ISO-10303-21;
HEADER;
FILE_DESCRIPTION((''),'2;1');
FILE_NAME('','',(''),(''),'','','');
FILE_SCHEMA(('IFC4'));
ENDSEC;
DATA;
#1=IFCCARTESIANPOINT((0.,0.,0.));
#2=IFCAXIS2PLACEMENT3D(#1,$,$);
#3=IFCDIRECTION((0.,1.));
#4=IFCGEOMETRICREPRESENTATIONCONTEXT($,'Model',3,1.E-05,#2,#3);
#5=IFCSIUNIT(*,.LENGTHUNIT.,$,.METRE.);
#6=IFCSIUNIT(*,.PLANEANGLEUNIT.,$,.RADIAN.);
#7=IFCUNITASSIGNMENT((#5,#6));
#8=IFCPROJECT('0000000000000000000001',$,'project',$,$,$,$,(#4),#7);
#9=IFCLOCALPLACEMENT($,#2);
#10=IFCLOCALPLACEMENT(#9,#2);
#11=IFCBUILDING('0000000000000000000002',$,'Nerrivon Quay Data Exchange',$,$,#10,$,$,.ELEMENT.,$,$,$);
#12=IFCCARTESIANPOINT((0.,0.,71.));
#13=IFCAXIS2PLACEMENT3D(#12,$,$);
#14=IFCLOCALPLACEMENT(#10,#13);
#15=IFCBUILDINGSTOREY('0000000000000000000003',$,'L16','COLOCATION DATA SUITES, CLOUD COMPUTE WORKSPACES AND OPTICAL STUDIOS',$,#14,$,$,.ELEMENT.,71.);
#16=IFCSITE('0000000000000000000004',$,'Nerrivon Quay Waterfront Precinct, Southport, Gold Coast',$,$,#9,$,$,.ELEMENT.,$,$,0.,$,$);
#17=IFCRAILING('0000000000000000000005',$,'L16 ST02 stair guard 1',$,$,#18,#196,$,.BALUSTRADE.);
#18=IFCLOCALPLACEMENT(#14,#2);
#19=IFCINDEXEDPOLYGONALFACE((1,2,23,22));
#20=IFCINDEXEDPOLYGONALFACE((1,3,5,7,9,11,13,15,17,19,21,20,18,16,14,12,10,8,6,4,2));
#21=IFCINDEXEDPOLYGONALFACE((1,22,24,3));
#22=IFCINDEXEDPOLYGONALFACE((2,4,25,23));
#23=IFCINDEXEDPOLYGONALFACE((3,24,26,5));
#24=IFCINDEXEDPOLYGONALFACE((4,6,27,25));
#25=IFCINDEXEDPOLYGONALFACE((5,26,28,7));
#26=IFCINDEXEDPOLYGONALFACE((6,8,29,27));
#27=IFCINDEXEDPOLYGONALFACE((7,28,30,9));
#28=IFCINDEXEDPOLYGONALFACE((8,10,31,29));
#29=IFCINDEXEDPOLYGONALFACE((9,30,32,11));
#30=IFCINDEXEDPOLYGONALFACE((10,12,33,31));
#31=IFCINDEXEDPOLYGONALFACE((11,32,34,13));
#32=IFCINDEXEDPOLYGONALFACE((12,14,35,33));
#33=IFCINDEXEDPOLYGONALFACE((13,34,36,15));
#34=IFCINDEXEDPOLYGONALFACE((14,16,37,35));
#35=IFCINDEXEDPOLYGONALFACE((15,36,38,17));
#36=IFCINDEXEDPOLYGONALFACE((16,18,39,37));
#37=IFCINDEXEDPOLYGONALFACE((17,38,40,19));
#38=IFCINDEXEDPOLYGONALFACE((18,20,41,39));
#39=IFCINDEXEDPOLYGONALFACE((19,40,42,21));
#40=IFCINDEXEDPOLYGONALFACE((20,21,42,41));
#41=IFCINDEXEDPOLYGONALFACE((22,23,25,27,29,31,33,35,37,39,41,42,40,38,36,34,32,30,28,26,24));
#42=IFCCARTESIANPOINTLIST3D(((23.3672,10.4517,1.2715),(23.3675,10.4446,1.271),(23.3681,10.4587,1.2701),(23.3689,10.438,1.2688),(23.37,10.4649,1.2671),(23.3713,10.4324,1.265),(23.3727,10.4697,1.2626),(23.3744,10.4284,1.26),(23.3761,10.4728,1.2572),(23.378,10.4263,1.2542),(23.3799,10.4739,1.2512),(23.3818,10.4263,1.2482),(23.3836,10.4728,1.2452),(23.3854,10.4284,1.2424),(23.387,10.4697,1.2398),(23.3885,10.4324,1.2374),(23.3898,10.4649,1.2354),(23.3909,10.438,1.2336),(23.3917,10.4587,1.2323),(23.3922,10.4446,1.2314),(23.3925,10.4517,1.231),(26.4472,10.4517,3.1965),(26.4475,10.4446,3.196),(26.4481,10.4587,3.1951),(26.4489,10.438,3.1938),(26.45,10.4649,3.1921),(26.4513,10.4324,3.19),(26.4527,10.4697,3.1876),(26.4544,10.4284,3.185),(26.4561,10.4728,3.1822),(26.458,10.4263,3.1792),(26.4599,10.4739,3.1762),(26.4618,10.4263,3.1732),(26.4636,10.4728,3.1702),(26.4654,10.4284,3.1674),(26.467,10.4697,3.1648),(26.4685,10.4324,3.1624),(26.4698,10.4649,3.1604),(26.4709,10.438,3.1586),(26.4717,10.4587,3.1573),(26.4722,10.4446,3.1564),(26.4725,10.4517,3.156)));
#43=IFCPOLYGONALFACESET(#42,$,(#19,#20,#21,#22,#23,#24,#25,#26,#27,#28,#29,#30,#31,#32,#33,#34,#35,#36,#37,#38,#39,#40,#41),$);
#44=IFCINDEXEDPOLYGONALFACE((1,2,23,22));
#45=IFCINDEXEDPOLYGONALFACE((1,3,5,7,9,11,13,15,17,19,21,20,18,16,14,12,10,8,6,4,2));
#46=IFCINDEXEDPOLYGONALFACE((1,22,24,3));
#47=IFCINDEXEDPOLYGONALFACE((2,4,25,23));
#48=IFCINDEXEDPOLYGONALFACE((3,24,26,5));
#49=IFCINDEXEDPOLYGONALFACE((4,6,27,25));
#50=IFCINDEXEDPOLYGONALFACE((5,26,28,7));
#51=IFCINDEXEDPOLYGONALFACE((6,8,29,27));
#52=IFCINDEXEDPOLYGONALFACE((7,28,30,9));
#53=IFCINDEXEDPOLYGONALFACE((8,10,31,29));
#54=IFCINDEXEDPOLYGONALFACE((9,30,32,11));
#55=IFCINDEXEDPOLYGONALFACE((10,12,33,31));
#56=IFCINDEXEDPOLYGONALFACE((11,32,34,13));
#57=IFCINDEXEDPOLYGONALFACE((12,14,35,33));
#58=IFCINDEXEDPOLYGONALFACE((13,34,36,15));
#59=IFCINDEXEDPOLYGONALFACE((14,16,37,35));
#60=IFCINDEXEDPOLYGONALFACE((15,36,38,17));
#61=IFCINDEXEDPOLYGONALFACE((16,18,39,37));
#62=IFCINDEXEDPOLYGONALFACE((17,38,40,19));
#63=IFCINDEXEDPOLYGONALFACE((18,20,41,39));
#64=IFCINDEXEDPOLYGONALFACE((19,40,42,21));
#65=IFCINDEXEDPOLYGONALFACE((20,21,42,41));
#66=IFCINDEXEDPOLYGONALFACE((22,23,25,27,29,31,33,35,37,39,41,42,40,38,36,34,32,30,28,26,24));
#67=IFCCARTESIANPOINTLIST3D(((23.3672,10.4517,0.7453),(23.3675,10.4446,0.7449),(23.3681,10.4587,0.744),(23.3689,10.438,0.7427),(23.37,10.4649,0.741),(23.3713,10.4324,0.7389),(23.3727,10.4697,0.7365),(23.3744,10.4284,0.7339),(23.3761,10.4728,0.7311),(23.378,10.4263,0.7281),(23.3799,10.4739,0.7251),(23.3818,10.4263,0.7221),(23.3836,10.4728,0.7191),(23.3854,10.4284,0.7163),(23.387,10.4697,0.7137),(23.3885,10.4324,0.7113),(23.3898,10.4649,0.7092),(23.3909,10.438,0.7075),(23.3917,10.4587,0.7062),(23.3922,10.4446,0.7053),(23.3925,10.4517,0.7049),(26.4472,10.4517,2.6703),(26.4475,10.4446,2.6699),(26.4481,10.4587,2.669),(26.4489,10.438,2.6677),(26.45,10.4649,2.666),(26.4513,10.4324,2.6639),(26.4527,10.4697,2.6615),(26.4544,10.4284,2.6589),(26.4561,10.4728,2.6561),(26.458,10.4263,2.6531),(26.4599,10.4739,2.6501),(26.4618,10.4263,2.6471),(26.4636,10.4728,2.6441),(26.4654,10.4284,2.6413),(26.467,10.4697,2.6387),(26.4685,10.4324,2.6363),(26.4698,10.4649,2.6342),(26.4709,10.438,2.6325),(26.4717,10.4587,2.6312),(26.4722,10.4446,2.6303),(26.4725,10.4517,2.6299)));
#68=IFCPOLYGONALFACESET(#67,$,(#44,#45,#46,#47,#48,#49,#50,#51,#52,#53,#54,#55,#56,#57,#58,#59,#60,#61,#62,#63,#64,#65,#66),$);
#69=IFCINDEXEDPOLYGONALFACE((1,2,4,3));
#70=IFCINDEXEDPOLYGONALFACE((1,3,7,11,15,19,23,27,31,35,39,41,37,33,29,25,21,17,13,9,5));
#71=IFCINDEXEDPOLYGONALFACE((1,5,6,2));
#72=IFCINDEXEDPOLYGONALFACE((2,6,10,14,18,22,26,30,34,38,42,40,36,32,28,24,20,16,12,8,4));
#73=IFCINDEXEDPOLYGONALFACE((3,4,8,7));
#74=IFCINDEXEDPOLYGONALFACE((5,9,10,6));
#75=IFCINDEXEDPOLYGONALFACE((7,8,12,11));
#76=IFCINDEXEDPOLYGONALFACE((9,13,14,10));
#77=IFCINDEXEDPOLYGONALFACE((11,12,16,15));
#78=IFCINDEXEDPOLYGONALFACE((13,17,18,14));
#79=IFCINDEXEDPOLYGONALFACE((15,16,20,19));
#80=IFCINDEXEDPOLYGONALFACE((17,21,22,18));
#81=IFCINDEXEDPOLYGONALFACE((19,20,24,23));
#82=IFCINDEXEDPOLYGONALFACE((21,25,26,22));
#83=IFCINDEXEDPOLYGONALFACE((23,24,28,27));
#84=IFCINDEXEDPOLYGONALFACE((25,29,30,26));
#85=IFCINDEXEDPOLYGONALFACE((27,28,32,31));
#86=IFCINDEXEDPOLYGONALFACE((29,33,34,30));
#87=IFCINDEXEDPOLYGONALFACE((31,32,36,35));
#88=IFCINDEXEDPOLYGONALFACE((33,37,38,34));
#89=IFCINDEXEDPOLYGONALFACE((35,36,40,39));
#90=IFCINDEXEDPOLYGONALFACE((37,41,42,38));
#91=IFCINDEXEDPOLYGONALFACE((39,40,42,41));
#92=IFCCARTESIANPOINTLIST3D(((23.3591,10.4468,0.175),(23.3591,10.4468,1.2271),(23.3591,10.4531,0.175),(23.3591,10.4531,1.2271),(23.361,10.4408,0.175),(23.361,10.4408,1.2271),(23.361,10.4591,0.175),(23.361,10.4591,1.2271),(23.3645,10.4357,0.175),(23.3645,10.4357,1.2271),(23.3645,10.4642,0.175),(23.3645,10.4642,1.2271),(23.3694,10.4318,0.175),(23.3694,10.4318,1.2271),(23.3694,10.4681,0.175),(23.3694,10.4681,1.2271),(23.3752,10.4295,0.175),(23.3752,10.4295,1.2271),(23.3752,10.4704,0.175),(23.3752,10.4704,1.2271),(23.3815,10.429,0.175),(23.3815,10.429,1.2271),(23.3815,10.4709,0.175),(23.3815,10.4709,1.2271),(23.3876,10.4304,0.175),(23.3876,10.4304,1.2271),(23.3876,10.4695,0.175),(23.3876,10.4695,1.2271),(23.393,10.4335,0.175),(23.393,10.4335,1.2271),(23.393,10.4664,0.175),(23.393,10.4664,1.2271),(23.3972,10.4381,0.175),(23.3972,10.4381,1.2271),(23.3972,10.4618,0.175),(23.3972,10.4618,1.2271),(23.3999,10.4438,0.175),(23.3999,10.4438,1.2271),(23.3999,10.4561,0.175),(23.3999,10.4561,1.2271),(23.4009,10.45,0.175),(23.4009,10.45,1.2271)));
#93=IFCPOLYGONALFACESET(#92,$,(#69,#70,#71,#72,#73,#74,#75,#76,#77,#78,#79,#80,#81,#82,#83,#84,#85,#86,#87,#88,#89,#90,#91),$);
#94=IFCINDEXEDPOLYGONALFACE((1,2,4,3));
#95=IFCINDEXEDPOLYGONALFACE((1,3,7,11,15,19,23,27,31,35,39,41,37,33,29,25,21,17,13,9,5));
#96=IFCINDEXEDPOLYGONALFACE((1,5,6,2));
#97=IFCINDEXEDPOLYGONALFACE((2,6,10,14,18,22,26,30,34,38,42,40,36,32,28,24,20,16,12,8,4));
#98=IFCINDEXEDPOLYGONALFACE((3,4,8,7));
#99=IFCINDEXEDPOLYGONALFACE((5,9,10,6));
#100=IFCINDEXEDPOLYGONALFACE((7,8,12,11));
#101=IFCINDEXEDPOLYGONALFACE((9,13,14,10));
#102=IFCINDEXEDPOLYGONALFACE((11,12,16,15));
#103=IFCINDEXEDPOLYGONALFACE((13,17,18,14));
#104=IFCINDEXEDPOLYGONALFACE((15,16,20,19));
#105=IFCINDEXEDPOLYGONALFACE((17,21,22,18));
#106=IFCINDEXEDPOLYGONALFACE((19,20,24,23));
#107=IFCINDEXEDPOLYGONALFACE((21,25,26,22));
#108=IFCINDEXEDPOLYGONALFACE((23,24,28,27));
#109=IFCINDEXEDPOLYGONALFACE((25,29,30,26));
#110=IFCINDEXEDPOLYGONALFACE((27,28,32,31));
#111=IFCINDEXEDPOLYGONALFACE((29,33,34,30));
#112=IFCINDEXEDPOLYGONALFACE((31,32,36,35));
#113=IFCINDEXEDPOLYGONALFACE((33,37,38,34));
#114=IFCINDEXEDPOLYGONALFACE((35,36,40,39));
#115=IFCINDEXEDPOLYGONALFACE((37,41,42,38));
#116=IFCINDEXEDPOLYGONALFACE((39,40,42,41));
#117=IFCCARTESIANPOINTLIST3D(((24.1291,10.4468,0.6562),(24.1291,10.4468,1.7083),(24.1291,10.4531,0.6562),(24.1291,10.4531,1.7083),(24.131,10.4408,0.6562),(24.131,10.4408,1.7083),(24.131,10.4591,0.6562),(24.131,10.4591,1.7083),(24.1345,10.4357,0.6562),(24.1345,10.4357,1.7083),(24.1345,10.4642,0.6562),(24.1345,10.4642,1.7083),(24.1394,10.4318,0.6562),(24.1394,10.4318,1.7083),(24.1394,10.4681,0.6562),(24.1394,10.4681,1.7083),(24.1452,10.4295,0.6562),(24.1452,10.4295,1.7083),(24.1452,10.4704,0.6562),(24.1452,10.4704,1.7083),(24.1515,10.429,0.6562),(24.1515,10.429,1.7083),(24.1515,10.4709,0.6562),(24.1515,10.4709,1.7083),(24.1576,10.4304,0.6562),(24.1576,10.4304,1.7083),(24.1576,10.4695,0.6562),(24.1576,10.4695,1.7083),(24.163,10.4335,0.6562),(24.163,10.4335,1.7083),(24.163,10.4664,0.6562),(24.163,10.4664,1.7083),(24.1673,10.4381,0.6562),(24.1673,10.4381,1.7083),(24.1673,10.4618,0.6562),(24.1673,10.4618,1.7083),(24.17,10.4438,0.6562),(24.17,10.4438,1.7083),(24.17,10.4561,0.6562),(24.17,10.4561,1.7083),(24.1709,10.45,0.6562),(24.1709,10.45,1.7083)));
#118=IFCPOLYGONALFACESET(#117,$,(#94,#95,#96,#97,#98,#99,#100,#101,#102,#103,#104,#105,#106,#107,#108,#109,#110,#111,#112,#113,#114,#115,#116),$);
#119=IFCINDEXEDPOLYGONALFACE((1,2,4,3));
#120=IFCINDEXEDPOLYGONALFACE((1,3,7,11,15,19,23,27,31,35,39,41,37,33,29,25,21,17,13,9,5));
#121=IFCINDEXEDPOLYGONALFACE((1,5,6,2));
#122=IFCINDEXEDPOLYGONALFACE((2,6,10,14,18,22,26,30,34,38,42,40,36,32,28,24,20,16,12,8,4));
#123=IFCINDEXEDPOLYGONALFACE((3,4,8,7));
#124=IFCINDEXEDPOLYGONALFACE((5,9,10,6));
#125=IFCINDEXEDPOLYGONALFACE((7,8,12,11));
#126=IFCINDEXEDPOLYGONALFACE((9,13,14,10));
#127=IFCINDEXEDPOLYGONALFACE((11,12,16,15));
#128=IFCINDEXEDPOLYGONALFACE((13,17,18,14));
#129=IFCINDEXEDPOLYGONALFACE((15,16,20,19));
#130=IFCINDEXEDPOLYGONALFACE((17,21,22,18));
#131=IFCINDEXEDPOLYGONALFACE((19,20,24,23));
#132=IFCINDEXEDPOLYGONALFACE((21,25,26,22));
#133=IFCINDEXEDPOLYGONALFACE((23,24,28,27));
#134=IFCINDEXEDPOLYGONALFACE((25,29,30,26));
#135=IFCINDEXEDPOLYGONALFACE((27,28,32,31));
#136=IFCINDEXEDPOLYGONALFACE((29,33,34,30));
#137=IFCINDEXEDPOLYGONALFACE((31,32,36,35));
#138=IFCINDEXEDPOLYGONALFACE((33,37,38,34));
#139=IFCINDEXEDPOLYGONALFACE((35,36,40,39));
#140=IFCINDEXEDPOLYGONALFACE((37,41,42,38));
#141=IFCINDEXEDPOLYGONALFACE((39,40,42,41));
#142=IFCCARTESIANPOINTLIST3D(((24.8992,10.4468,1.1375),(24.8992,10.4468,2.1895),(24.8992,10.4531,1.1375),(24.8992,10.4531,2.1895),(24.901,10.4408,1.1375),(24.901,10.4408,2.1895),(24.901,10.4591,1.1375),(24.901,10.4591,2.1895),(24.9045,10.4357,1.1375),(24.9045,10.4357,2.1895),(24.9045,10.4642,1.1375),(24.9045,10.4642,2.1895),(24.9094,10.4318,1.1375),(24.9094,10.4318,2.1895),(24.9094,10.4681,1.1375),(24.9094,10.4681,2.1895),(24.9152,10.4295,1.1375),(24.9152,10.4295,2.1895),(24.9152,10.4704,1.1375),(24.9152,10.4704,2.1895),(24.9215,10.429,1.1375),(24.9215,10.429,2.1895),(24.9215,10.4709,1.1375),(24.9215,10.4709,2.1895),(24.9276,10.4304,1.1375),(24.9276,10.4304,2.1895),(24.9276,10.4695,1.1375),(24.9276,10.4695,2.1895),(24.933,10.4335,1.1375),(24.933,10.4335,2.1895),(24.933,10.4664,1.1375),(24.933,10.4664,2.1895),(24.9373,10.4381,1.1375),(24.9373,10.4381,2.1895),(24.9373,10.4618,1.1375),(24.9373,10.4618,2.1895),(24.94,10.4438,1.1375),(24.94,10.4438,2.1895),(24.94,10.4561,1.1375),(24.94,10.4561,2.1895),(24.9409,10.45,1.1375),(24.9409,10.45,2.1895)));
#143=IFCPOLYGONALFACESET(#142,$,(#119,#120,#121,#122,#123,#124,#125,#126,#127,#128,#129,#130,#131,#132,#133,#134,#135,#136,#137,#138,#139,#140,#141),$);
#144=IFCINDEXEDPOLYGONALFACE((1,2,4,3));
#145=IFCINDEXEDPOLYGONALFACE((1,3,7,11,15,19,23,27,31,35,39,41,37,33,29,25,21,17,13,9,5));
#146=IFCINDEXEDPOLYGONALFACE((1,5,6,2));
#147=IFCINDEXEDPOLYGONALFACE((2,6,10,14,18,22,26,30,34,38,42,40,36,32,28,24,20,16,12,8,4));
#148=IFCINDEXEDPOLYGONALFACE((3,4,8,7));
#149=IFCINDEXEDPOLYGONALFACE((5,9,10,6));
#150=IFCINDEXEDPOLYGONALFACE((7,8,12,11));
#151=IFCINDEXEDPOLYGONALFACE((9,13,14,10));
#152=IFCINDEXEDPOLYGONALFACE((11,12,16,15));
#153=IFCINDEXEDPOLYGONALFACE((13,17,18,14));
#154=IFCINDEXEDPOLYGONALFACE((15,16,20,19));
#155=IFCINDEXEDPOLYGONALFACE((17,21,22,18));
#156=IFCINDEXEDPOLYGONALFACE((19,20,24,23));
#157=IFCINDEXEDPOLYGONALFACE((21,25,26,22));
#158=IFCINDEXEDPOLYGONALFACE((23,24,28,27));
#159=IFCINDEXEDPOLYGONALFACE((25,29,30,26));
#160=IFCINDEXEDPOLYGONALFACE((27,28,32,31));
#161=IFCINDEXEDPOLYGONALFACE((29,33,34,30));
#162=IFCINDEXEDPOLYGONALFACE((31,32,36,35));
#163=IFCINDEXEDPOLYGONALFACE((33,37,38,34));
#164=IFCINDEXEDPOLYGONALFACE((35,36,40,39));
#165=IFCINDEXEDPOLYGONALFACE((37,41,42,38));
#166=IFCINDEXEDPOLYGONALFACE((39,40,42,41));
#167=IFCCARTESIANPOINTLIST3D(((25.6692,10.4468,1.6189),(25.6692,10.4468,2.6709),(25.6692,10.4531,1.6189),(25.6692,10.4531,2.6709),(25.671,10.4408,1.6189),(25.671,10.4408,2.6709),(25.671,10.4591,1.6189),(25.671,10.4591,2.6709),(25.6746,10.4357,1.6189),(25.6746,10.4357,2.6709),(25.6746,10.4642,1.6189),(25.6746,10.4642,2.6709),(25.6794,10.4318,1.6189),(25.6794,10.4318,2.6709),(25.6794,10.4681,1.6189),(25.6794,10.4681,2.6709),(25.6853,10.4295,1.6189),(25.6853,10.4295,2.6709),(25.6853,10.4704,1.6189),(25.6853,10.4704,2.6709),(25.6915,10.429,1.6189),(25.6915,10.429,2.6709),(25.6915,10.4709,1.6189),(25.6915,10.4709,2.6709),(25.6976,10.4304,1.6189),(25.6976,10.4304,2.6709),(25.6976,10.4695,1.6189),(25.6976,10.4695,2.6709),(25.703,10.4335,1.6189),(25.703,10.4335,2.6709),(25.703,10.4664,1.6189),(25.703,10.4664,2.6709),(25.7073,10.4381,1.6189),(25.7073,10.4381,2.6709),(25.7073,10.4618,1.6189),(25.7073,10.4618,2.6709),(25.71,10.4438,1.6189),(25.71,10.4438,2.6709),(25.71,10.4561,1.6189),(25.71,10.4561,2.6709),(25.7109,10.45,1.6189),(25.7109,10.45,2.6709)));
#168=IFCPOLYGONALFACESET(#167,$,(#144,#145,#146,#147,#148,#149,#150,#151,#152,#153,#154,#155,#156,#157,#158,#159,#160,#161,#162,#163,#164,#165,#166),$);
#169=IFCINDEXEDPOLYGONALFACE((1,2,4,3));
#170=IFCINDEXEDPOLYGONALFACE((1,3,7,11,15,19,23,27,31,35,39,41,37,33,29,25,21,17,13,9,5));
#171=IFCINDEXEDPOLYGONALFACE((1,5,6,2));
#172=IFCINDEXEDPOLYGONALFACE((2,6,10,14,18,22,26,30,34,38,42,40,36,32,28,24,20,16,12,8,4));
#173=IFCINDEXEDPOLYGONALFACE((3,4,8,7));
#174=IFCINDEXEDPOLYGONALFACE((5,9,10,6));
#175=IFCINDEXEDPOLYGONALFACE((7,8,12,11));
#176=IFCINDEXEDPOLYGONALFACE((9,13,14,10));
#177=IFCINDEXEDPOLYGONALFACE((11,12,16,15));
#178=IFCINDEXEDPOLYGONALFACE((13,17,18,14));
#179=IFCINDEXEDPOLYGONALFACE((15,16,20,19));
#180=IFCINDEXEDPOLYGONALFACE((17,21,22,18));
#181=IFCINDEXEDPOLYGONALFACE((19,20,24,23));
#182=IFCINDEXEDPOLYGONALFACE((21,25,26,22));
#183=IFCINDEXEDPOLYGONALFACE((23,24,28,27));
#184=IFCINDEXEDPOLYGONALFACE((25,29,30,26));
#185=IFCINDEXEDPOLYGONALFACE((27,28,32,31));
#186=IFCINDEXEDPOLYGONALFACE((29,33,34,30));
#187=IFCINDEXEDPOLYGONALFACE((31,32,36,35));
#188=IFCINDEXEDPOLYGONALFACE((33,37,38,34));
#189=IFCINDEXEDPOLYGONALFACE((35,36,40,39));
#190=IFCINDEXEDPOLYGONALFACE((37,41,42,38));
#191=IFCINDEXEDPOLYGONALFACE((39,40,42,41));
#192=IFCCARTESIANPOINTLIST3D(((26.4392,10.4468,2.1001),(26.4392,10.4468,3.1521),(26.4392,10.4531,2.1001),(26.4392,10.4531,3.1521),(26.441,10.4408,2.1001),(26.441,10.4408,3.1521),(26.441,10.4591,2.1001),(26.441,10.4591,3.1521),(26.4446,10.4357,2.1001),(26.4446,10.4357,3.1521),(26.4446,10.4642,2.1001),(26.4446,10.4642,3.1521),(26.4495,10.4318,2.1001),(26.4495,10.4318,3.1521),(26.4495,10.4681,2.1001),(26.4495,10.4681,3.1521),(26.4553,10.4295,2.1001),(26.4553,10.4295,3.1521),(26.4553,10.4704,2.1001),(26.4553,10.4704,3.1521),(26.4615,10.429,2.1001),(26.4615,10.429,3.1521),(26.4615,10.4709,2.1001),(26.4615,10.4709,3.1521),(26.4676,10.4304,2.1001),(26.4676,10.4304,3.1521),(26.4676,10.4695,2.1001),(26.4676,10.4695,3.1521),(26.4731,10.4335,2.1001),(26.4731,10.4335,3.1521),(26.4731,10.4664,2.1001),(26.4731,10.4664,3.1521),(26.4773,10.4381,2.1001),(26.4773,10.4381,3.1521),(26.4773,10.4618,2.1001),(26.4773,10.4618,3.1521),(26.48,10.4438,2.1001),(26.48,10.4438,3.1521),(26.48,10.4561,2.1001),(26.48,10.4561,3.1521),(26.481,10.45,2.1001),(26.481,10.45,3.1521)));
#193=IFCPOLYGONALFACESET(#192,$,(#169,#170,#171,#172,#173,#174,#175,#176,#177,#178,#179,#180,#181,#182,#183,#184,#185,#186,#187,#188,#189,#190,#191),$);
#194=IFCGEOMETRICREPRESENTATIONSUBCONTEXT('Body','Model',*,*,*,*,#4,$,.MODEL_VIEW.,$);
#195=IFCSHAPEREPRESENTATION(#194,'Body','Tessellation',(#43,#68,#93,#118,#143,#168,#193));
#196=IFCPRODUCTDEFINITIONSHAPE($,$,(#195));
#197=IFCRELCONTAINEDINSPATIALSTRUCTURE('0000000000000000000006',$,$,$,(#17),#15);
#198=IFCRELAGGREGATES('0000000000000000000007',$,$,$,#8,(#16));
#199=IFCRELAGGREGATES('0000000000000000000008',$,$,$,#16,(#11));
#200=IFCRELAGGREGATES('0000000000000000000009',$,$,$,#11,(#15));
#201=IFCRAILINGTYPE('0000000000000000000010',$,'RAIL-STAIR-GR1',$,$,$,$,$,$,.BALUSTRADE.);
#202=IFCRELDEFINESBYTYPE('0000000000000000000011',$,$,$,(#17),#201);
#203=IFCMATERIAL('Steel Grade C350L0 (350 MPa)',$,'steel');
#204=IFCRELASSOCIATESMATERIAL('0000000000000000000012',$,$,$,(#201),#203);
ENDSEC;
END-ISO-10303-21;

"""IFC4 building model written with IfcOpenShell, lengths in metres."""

from ifc_helpers import new_model, si_unit, direction, frame, origin, origin_2d, place, context, subcontext, project, spatial, circle, extrude, material, type_object, element, save


model = new_model("IFC4")

# Units and contexts
model_context = context("Model", 3, precision=1e-05, world=origin(), true_north=direction((0.0, 1.0)))
body_context = subcontext(model_context, "Body", "Model", "MODEL_VIEW")
ifc_project = project(units=[si_unit("LENGTHUNIT", "METRE"), si_unit("PLANEANGLEUNIT", "RADIAN")], contexts=[model_context])

# Site, building, storey
site_placement = place(None, origin())
site = spatial("IfcSite", under=ifc_project, at=site_placement, Name="Nerrivon Quay Waterfront Precinct, Southport, Gold Coast", CompositionType="ELEMENT", RefElevation=0.0)
building_placement = place(site_placement, origin())
building = spatial("IfcBuilding", under=site, at=building_placement, Name="Nerrivon Quay Data Exchange", CompositionType="ELEMENT")
storey_placement = place(building_placement, frame((0.0, 0.0, 71.0)))
storey = spatial("IfcBuildingStorey", under=building, at=storey_placement, Name="L16", Description="COLOCATION DATA SUITES, CLOUD COMPUTE WORKSPACES AND OPTICAL STUDIOS", CompositionType="ELEMENT", Elevation=71.0)

# Railing
ifc_material_1 = material(Name="Steel Grade C350L0 (350 MPa)", Category="steel")
railing_type_1 = type_object("IfcRailingType", Name="RAIL-STAIR-GR1", PredefinedType="BALUSTRADE", material=ifc_material_1)
railing_1_placement = place(storey_placement, frame((23.3799, 10.45, 0.175)))
element("IfcRailing", 1, at=railing_1_placement, inside=storey, type_object=railing_type_1, Name="L16 ST02 stair guard 1", PredefinedType="BALUSTRADE", context=body_context, shape_type="SweptSolid", body=[
    extrude(circle(Radius=0.0239, at=origin_2d()), frame((0.0, 0.0, 1.0762), z_axis=(0.847998, 0.0, 0.529999), x_axis=(0.0, 1.0, 0.0)), (0.0, 0.0, 1.0), 3.6321),
    extrude(circle(Radius=0.0239, at=origin_2d()), frame((0.0, 0.0, 0.55), z_axis=(0.847998, 0.0, 0.529999), x_axis=(0.0, 1.0, 0.0)), (0.0, 0.0, 1.0), 3.6321),
    extrude(circle(Radius=0.021, at=origin_2d()), origin(), (0.0, 0.0, 1.0), 1.052),
    extrude(circle(Radius=0.021, at=origin_2d()), frame((0.77, 0.0, 0.4812)), (0.0, 0.0, 1.0), 1.052),
    extrude(circle(Radius=0.021, at=origin_2d()), frame((1.54, 0.0, 0.9624)), (0.0, 0.0, 1.0), 1.052),
    extrude(circle(Radius=0.021, at=origin_2d()), frame((2.3101, 0.0, 1.4438)), (0.0, 0.0, 1.0), 1.052),
    extrude(circle(Radius=0.021, at=origin_2d()), frame((3.0801, 0.0, 1.925)), (0.0, 0.0, 1.0), 1.052),
])

save(model, "model.ifc")
